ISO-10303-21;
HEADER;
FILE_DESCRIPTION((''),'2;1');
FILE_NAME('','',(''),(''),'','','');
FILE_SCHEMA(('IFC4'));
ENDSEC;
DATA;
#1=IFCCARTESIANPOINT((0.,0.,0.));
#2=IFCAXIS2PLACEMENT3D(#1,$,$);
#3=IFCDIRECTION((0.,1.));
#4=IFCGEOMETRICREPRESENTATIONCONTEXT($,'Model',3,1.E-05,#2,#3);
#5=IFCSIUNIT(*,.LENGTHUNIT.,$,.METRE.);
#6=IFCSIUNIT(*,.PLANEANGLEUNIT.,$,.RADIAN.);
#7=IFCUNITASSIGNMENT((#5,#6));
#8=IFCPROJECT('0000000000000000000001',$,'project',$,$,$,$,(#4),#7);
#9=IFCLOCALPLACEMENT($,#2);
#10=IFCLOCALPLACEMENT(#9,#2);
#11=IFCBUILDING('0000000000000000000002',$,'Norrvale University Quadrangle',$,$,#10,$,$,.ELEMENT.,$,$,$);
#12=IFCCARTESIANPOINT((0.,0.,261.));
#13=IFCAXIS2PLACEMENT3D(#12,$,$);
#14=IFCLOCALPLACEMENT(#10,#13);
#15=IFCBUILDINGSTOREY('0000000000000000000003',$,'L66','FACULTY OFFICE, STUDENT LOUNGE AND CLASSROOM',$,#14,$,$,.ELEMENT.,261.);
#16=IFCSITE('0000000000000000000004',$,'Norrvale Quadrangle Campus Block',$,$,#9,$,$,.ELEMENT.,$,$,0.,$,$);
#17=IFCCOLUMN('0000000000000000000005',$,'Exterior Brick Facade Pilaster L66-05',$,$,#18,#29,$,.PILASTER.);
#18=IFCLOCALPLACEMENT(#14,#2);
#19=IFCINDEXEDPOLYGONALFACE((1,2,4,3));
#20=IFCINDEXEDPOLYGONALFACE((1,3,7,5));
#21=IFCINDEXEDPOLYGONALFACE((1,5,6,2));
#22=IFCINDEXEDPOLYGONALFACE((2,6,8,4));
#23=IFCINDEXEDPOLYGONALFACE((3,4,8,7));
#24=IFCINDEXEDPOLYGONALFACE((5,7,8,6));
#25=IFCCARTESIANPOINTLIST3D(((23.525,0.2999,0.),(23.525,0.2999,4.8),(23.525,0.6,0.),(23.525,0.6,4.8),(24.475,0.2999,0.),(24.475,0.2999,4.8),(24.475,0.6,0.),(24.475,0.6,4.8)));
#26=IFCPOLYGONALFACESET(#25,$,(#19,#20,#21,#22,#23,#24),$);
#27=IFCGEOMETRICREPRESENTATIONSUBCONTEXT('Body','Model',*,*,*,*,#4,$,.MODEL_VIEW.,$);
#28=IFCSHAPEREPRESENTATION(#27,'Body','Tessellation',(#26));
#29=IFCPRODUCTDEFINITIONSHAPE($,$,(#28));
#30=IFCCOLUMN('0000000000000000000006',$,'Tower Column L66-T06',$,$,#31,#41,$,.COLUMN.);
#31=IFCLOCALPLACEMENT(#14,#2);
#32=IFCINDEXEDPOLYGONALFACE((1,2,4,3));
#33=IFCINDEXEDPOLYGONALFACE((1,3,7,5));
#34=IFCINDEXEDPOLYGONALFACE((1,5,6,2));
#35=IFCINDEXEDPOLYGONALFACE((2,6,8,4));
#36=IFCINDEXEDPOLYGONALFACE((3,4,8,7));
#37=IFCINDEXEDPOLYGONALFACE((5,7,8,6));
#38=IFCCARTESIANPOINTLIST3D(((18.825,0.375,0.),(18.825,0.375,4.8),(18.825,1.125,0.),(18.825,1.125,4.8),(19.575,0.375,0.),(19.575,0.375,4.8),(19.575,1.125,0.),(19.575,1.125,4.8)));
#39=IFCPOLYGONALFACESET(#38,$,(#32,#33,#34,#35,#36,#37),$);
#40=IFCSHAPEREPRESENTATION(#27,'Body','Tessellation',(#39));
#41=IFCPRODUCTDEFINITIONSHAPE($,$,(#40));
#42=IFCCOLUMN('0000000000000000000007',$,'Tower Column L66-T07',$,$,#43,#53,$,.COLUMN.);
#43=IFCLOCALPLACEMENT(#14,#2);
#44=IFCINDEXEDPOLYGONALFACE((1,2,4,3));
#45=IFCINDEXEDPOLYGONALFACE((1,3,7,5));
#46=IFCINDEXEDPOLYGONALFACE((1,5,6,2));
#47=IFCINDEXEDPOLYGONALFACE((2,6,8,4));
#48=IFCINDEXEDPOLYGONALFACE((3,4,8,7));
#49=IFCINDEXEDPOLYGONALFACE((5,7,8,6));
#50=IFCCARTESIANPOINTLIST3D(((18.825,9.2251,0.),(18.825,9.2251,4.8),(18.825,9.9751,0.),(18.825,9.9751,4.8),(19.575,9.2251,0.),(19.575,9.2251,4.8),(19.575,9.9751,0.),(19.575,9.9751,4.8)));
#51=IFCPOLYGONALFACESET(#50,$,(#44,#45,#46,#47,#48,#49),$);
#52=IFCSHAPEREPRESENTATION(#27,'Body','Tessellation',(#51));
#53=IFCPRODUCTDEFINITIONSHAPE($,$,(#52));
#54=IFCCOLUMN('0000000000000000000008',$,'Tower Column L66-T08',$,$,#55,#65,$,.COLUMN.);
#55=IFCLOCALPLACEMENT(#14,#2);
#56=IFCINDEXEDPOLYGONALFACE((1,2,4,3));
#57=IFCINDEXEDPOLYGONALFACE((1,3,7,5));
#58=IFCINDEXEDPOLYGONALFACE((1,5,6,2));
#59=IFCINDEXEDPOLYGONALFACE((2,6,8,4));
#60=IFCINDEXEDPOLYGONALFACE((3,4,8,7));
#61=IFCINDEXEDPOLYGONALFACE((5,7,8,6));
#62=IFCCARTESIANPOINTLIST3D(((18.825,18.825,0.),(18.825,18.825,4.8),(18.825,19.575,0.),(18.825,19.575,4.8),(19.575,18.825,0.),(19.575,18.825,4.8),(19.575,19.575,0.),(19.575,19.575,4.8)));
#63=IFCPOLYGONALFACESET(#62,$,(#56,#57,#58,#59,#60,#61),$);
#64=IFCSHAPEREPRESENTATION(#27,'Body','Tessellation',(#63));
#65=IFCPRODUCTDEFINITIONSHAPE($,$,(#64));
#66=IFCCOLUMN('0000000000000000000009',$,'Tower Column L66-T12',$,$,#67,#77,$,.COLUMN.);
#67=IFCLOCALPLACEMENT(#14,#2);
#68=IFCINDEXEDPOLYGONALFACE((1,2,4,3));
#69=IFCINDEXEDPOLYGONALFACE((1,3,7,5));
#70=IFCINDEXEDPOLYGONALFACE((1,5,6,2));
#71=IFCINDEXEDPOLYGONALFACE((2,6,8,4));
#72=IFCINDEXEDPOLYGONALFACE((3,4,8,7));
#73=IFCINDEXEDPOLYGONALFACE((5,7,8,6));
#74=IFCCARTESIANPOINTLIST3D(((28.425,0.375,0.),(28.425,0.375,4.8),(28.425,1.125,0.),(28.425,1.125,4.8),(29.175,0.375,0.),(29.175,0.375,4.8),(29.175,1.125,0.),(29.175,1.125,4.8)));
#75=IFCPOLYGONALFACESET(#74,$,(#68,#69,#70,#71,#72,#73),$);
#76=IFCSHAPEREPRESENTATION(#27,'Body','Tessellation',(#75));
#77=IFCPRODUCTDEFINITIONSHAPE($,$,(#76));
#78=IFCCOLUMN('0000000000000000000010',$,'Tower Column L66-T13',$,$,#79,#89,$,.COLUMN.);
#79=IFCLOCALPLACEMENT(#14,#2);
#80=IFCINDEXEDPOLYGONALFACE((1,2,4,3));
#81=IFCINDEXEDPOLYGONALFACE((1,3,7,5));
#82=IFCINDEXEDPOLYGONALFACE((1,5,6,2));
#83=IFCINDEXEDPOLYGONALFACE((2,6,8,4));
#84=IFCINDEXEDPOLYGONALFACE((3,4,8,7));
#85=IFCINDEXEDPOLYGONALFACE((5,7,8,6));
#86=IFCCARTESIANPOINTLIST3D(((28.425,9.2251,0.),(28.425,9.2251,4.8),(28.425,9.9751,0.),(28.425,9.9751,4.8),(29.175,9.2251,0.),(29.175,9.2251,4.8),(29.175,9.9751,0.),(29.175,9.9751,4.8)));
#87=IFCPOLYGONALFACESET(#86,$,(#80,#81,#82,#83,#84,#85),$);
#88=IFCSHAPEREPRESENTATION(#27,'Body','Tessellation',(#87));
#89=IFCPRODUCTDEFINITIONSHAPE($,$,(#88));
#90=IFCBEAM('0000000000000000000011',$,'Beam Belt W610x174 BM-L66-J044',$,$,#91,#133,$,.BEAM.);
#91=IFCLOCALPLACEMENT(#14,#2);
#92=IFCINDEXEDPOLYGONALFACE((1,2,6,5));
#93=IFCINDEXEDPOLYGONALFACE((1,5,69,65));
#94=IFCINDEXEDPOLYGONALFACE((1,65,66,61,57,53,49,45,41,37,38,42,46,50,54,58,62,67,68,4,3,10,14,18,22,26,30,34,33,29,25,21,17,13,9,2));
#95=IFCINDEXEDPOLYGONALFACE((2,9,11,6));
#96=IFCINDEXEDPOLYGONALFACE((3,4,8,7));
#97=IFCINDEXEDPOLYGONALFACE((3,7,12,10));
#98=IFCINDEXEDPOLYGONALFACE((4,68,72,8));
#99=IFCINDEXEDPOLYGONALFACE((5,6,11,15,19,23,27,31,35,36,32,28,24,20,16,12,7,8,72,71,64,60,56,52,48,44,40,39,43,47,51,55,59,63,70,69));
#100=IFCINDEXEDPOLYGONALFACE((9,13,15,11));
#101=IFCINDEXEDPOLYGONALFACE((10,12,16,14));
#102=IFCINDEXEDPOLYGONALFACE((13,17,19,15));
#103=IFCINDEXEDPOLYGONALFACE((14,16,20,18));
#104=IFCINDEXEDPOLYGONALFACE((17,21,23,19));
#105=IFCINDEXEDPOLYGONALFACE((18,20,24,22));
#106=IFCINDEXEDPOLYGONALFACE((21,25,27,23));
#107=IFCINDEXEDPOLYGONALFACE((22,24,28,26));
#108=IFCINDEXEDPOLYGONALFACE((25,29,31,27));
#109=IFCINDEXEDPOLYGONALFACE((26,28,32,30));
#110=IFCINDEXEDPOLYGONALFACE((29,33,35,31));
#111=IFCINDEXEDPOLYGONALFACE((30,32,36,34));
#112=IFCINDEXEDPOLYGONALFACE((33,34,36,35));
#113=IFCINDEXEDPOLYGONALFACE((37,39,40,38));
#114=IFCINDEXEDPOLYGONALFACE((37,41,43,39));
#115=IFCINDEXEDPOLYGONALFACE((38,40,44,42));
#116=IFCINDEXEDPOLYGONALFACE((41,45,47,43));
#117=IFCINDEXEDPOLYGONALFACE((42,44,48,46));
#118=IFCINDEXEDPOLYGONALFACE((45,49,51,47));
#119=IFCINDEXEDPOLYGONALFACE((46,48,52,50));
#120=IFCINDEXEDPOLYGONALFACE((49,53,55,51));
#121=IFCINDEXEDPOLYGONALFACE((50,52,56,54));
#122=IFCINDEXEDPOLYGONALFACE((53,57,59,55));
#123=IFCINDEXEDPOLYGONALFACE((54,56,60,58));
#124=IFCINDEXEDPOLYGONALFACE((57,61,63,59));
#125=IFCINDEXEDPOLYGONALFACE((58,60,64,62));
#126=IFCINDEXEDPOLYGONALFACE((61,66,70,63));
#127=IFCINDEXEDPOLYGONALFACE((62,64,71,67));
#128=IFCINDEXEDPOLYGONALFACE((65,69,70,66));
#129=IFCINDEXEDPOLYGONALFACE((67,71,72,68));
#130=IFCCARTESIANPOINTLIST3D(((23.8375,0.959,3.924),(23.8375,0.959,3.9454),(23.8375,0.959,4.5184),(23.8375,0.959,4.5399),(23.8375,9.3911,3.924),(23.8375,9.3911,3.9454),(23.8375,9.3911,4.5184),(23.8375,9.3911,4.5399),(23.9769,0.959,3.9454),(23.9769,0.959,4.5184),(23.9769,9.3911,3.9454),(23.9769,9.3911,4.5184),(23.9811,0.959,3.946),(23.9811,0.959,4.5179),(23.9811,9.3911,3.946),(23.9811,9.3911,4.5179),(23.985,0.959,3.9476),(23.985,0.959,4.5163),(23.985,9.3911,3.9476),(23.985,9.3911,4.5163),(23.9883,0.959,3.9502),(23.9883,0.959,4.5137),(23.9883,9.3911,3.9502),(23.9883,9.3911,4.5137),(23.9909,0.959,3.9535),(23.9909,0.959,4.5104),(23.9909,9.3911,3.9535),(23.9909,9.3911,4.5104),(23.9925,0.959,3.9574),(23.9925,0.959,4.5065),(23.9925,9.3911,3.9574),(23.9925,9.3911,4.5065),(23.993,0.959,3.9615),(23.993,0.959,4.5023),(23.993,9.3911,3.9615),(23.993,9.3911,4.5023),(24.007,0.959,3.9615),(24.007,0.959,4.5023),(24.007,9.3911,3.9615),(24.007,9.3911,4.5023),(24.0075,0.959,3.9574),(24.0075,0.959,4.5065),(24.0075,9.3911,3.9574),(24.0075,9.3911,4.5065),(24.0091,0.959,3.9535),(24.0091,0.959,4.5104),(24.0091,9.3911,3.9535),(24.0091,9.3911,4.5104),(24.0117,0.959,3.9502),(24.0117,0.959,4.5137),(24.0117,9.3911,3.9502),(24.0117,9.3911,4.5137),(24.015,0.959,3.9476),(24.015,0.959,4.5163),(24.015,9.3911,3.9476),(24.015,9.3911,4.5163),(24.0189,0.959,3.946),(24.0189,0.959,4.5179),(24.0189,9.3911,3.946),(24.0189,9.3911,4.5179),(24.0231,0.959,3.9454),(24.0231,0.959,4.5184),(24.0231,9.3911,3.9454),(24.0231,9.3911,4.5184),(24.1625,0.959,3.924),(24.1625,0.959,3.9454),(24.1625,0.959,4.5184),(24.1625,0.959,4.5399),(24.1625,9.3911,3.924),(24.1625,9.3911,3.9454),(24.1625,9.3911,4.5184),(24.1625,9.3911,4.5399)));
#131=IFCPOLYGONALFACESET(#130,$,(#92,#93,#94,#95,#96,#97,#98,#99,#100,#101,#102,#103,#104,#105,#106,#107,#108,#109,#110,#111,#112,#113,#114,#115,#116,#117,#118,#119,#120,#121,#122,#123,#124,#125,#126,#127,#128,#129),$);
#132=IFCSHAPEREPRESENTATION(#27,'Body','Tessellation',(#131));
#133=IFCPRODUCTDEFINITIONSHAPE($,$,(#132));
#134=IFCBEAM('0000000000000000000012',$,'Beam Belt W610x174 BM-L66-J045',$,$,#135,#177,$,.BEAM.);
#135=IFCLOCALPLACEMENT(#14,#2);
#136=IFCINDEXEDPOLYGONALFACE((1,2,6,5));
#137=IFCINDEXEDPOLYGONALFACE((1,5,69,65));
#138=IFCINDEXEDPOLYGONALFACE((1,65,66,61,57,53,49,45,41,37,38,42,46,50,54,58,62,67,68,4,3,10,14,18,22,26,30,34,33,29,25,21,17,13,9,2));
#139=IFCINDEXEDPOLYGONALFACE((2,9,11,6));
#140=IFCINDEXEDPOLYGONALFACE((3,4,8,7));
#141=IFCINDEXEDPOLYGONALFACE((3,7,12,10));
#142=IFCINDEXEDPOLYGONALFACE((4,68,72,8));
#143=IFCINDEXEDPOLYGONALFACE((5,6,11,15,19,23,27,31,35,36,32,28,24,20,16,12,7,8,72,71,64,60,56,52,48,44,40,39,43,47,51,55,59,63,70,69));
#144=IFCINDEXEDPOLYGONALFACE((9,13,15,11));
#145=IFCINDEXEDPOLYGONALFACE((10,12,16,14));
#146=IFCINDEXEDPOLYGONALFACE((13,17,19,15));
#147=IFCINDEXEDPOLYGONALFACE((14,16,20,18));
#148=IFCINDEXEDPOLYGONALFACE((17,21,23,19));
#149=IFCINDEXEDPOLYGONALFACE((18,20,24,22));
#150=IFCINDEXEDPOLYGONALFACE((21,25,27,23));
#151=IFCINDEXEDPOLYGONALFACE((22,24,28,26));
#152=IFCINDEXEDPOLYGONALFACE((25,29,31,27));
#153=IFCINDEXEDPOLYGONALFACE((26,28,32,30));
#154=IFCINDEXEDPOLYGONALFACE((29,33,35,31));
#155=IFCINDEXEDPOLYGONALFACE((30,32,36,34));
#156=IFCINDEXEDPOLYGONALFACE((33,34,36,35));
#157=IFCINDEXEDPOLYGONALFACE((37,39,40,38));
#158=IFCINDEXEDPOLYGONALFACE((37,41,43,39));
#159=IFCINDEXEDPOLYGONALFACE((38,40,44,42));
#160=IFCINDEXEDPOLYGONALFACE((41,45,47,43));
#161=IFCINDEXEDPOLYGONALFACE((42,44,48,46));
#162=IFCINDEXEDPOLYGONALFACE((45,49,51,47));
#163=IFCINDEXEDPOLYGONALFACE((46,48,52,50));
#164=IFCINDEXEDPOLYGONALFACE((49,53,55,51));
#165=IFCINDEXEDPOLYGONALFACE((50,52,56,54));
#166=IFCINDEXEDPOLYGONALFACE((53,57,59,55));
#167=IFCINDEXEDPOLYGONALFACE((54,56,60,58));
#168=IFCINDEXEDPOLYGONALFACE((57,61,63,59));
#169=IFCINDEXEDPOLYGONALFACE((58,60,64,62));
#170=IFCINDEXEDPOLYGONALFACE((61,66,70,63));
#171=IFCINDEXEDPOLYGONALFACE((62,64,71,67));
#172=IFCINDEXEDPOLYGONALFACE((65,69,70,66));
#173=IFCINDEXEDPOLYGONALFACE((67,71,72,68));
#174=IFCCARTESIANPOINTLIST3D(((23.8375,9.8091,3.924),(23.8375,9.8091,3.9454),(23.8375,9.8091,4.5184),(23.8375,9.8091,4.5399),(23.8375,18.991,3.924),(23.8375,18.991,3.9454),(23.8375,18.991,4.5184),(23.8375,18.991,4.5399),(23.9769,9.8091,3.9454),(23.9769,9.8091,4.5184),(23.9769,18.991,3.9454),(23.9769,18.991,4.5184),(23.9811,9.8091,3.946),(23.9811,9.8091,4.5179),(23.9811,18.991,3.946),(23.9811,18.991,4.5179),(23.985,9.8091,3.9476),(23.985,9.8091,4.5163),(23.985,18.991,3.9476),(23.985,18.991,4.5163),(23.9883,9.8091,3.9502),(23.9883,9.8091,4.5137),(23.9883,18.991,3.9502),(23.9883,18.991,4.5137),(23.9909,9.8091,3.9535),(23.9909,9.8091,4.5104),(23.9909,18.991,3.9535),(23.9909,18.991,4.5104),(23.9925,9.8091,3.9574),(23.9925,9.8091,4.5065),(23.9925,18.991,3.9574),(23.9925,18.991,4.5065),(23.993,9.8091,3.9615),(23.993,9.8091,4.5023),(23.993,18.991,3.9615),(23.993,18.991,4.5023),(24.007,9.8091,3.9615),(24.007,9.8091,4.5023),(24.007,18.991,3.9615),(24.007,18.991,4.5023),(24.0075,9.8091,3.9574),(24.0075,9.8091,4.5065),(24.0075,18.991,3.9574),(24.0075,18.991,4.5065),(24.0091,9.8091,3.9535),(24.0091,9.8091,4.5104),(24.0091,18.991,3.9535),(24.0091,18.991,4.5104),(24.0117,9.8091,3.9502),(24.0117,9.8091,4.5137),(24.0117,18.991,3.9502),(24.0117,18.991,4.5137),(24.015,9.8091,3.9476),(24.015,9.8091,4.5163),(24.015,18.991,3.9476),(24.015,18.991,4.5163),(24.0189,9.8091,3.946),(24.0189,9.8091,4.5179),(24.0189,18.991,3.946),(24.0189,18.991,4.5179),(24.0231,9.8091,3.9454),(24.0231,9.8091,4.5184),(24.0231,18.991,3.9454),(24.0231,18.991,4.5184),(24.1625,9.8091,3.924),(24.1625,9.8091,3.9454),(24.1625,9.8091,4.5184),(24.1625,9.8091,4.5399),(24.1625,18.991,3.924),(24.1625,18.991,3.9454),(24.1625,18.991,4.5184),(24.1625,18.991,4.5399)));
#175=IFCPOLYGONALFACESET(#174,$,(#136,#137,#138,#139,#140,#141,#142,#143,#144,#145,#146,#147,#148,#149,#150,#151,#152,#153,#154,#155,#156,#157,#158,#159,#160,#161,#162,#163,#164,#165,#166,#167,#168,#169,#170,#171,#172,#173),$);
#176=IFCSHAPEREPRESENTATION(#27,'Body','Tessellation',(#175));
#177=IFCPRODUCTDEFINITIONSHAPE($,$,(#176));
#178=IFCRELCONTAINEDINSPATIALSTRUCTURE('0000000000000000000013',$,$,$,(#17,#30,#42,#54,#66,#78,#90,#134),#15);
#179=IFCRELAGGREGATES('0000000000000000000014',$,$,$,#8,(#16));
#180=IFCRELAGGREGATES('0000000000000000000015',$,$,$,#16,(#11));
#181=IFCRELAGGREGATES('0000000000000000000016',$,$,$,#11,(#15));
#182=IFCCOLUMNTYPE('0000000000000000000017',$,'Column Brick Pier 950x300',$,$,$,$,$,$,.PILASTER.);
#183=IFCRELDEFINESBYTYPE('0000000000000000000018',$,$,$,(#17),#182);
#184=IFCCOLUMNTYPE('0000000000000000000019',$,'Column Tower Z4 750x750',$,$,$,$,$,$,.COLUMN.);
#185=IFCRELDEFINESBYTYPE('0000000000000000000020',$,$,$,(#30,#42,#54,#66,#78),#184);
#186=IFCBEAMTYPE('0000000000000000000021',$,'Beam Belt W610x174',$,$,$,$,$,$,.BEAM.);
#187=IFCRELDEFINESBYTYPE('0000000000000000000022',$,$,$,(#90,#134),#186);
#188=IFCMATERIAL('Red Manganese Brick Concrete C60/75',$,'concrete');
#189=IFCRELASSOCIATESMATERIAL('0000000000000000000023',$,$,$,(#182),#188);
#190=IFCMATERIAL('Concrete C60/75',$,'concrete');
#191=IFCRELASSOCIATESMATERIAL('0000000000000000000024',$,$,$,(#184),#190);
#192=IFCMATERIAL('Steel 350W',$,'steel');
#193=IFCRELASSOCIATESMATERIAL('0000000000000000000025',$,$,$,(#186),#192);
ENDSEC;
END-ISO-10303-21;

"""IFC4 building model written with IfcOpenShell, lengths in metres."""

from ifc_helpers import new_model, si_unit, direction, frame, origin, origin_2d, place, context, subcontext, project, spatial, rectangle, i_section, extrude, material, material_profile, profile_set, type_object, element, save


model = new_model("IFC4")

# Units and contexts
model_context = context("Model", 3, precision=1e-05, world=origin(), true_north=direction((0.0, 1.0)))
body_context = subcontext(model_context, "Body", "Model", "MODEL_VIEW")
ifc_project = project(units=[si_unit("LENGTHUNIT", "METRE"), si_unit("PLANEANGLEUNIT", "RADIAN")], contexts=[model_context])

# Site, building, storey
site_placement = place(None, origin())
site = spatial("IfcSite", under=ifc_project, at=site_placement, Name="Norrvale Quadrangle Campus Block", CompositionType="ELEMENT", RefElevation=0.0)
building_placement = place(site_placement, origin())
building = spatial("IfcBuilding", under=site, at=building_placement, Name="Norrvale University Quadrangle", CompositionType="ELEMENT")
storey_placement = place(building_placement, frame((0.0, 0.0, 261.0)))
storey = spatial("IfcBuildingStorey", under=building, at=storey_placement, Name="L66", Description="FACULTY OFFICE, STUDENT LOUNGE AND CLASSROOM", CompositionType="ELEMENT", Elevation=261.0)

# Columns
ifc_material_1 = material(Name="Red Manganese Brick Concrete C60/75", Category="concrete")
ifc_material_profile_1 = material_profile(ifc_material_1, rectangle(XDim=0.95, YDim=0.3, at=origin_2d()), Name="Red Manganese Brick Concrete C60/75")
ifc_profile_set_1 = profile_set([ifc_material_profile_1], Name="Red Manganese Brick Concrete C60/75")
column_type_1 = type_object("IfcColumnType", Name="Column Brick Pier 950x300", PredefinedType="PILASTER", material=ifc_profile_set_1)
column_placement = place(storey_placement, frame((24.0, 0.45, 0.0), z_axis=(0.0, 0.0, 1.0), x_axis=(1.0, 0.0, 0.0)))
element("IfcColumn", 1, at=column_placement, inside=storey, type_object=column_type_1, Name="Exterior Brick Facade Pilaster L66-05", PredefinedType="PILASTER", context=body_context, shape_type="SweptSolid", body=[
    extrude(rectangle(XDim=0.95, YDim=0.3, at=origin_2d()), origin(), (0.0, 0.0, 1.0), 4.8),
])
ifc_material_2 = material(Name="Concrete C60/75", Category="concrete")
ifc_material_profile_2 = material_profile(ifc_material_2, rectangle(XDim=0.75, YDim=0.75, at=origin_2d()), Name="Concrete C60/75")
ifc_profile_set_2 = profile_set([ifc_material_profile_2], Name="Concrete C60/75")
column_type_2 = type_object("IfcColumnType", Name="Column Tower Z4 750x750", PredefinedType="COLUMN", material=ifc_profile_set_2)
for number, where, z_axis, x_axis, name in (
    (2, (19.2, 0.75, 0.0), (0.0, 0.0, 1.0), (1.0, 0.0, 0.0), "Tower Column L66-T06"),
    (3, (19.2, 9.6001, 0.0), (0.0, 0.0, 1.0), (1.0, 0.0, 0.0), "Tower Column L66-T07"),
    (4, (19.2, 19.2, 0.0), (0.0, 0.0, 1.0), (1.0, 0.0, 0.0), "Tower Column L66-T08"),
    (5, (28.8, 0.75, 0.0), (0.0, 0.0, 1.0), (1.0, 0.0, 0.0), "Tower Column L66-T12"),
    (6, (28.8, 9.6001, 0.0), (0.0, 0.0, 1.0), (1.0, 0.0, 0.0), "Tower Column L66-T13"),
):
    element("IfcColumn", number, at=place(storey_placement, frame(where, z_axis=z_axis, x_axis=x_axis)), inside=storey, type_object=column_type_2, Name=name, PredefinedType="COLUMN", context=body_context, shape_type="SweptSolid", body=[
        extrude(rectangle(XDim=0.75, YDim=0.75, at=origin_2d()), origin(), (0.0, 0.0, 1.0), 4.8),
    ])

# Beams
ifc_material_3 = material(Name="Steel 350W", Category="steel")
ifc_material_profile_3 = material_profile(ifc_material_3, i_section(OverallWidth=0.325, OverallDepth=0.616, WebThickness=0.0139, FlangeThickness=0.0215, FilletRadius=0.0161, at=origin_2d()), Name="Steel 350W")
ifc_profile_set_3 = profile_set([ifc_material_profile_3], Name="Steel 350W")
beam_type_1 = type_object("IfcBeamType", Name="Beam Belt W610x174", PredefinedType="BEAM", material=ifc_profile_set_3)
beam_1_placement = place(storey_placement, frame((24.0, 0.959, 4.2319), z_axis=(0.0, 1.0, 0.0), x_axis=(-1.0, 0.0, 0.0)))
element("IfcBeam", 7, at=beam_1_placement, inside=storey, type_object=beam_type_1, Name="Beam Belt W610x174 BM-L66-J044", PredefinedType="BEAM", context=body_context, shape_type="SweptSolid", body=[
    extrude(i_section(OverallWidth=0.325, OverallDepth=0.616, WebThickness=0.0139, FlangeThickness=0.0215, FilletRadius=0.0161, at=origin_2d()), origin(), (0.0, 0.0, 1.0), 8.4321),
])
beam_2_placement = place(storey_placement, frame((24.0, 9.8091, 4.2319), z_axis=(0.0, 1.0, 0.0), x_axis=(-1.0, 0.0, 0.0)))
element("IfcBeam", 8, at=beam_2_placement, inside=storey, type_object=beam_type_1, Name="Beam Belt W610x174 BM-L66-J045", PredefinedType="BEAM", context=body_context, shape_type="SweptSolid", body=[
    extrude(i_section(OverallWidth=0.325, OverallDepth=0.616, WebThickness=0.0139, FlangeThickness=0.0215, FilletRadius=0.0161, at=origin_2d()), origin(), (0.0, 0.0, 1.0), 9.1819),
])

save(model, "model.ifc")
